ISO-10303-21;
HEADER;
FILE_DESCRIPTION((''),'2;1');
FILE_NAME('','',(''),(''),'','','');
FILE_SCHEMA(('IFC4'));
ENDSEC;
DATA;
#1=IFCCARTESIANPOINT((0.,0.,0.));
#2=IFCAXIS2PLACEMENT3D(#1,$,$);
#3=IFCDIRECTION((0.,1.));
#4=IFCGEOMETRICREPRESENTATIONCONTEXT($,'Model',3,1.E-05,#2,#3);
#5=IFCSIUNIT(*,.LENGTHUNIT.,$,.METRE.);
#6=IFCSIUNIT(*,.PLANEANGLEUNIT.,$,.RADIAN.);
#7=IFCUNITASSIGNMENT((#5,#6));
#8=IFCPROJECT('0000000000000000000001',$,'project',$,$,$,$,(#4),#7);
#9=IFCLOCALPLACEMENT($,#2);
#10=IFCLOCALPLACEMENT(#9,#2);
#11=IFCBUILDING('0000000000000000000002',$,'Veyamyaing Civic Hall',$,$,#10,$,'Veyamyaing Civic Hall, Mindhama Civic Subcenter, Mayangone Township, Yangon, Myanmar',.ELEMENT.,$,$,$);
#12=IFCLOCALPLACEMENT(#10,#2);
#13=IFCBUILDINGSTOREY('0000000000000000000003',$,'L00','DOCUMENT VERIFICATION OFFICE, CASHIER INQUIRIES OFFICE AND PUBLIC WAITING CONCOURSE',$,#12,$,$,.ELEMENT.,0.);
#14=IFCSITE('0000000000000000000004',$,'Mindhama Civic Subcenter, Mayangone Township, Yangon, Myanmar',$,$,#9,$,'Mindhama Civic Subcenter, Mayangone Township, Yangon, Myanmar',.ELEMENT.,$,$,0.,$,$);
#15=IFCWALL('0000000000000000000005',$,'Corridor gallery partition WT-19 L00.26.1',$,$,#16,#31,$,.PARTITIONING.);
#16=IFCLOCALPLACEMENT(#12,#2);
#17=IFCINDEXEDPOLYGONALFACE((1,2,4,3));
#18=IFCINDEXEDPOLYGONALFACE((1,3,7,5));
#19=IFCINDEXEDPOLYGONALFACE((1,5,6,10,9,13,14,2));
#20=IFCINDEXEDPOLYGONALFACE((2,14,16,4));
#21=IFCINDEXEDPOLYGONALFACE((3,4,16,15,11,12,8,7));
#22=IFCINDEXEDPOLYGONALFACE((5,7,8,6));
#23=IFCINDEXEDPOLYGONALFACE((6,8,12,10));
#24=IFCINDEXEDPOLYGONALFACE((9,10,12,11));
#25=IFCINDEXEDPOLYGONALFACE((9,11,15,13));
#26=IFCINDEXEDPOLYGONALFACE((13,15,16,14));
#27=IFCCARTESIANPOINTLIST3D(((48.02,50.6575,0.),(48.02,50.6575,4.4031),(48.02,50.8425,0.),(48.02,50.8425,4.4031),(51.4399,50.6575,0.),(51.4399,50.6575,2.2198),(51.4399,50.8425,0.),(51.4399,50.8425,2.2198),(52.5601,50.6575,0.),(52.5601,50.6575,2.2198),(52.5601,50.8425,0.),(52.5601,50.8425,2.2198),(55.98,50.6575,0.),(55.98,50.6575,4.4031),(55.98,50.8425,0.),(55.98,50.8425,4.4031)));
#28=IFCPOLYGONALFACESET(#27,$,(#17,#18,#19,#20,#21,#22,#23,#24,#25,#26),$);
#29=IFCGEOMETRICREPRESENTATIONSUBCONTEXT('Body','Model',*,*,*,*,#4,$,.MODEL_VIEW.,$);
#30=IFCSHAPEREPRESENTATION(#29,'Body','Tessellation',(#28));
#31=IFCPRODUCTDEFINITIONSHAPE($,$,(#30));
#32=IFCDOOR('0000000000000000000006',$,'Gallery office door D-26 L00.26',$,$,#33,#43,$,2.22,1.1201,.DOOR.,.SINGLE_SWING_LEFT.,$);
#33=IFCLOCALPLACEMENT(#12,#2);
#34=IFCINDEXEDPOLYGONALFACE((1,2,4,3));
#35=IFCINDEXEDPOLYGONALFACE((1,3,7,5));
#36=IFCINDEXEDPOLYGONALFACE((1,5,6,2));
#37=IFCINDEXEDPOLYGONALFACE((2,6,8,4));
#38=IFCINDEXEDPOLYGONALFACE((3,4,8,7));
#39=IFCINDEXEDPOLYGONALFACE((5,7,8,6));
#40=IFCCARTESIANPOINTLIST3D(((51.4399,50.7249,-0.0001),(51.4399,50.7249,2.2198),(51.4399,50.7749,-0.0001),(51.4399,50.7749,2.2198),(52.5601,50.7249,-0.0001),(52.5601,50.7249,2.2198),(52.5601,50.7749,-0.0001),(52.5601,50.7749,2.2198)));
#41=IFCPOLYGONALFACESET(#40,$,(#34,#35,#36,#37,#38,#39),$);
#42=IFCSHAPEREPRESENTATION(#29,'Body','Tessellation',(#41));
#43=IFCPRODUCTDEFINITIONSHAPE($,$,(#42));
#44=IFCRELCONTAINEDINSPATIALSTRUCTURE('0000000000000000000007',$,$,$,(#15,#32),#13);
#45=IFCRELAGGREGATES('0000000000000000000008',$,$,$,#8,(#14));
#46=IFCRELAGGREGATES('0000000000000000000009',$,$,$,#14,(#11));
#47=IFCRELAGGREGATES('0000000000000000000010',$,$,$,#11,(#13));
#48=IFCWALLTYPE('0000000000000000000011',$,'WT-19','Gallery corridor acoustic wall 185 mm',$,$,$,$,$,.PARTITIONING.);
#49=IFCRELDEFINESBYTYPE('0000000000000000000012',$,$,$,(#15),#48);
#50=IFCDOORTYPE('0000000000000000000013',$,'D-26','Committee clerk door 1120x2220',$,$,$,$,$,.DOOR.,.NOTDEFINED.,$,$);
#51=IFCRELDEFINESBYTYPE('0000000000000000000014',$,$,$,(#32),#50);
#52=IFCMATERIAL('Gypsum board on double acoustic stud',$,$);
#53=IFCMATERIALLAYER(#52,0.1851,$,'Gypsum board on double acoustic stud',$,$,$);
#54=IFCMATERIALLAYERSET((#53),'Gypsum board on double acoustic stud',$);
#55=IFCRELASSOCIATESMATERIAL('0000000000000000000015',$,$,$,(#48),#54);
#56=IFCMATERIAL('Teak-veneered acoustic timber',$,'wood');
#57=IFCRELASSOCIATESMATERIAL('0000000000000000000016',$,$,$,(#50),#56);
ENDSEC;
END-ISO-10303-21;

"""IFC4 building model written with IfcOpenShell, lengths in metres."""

from ifc_helpers import new_model, si_unit, direction, frame, frame_2d, origin, place, context, subcontext, project, spatial, rectangle, extrude, material, layer, layer_set, type_object, element, fill, save


model = new_model("IFC4")

# Units and contexts
model_context = context("Model", 3, precision=1e-05, world=origin(), true_north=direction((0.0, 1.0)))
body_context = subcontext(model_context, "Body", "Model", "MODEL_VIEW")
ifc_project = project(units=[si_unit("LENGTHUNIT", "METRE"), si_unit("PLANEANGLEUNIT", "RADIAN")], contexts=[model_context])

# Site, building, storey
site_placement = place(None, origin())
site = spatial("IfcSite", under=ifc_project, at=site_placement, Name="Mindhama Civic Subcenter, Mayangone Township, Yangon, Myanmar", LongName="Mindhama Civic Subcenter, Mayangone Township, Yangon, Myanmar", CompositionType="ELEMENT", RefElevation=0.0)
building_placement = place(site_placement, origin())
building = spatial("IfcBuilding", under=site, at=building_placement, Name="Veyamyaing Civic Hall", LongName="Veyamyaing Civic Hall, Mindhama Civic Subcenter, Mayangone Township, Yangon, Myanmar", CompositionType="ELEMENT")
storey_placement = place(building_placement, origin())
storey = spatial("IfcBuildingStorey", under=building, at=storey_placement, Name="L00", Description="DOCUMENT VERIFICATION OFFICE, CASHIER INQUIRIES OFFICE AND PUBLIC WAITING CONCOURSE", CompositionType="ELEMENT", Elevation=0.0)

# Wall, opening, door
ifc_material_1 = material(Name="Gypsum board on double acoustic stud")
ifc_layer_1 = layer(ifc_material_1, 0.1851, Name="Gypsum board on double acoustic stud")
ifc_layer_set_1 = layer_set([ifc_layer_1], Name="Gypsum board on double acoustic stud")
wall_type_1 = type_object("IfcWallType", Name="WT-19", Description="Gallery corridor acoustic wall 185 mm", PredefinedType="PARTITIONING", material=ifc_layer_set_1)
wall_1_placement = place(storey_placement, frame((48.02, 50.75, 0.0), z_axis=(0.0, 0.0, 1.0), x_axis=(1.0, 0.0, 0.0)))
wall_1 = element("IfcWall", 1, at=wall_1_placement, inside=storey, type_object=wall_type_1, Name="Corridor gallery partition WT-19 L00.26.1", PredefinedType="PARTITIONING", context=body_context, shape_type="SweptSolid", body=[
    extrude(rectangle(XDim=7.96, YDim=0.1851, at=frame_2d((3.98, 0.0))), origin(), (0.0, 0.0, 1.0), 4.4031),
])
opening_placement = place(wall_1_placement, frame((3.4199, 0.0, 0.0)))
opening = element("IfcOpeningElement", 2, at=opening_placement, cuts=wall_1, PredefinedType="OPENING", context=body_context, shape_type="SweptSolid", body=[
    extrude(rectangle(XDim=1.1201, YDim=2.22, at=frame_2d((0.5601, 1.1099))), frame((0.0, 0.1025, 0.0), z_axis=(0.0, -1.0, 0.0), x_axis=(1.0, 0.0, 0.0)), (0.0, 0.0, 1.0), 0.2051),
])
ifc_material_2 = material(Name="Teak-veneered acoustic timber", Category="wood")
door_type = type_object("IfcDoorType", Name="D-26", Description="Committee clerk door 1120x2220", OperationType="NOTDEFINED", PredefinedType="DOOR", material=ifc_material_2)
door_placement = place(opening_placement, origin())
door = element("IfcDoor", 3, at=door_placement, inside=storey, type_object=door_type, Name="Gallery office door D-26 L00.26", OperationType="SINGLE_SWING_LEFT", OverallHeight=2.22, OverallWidth=1.1201, PredefinedType="DOOR", context=body_context, shape_type="SweptSolid", body=[
    extrude(rectangle(XDim=1.1201, YDim=2.22, at=frame_2d((0.5601, 1.1099))), frame((0.0, 0.0249, 0.0), z_axis=(0.0, -1.0, 0.0), x_axis=(1.0, 0.0, 0.0)), (0.0, 0.0, 1.0), 0.05),
])
fill(opening, door)

save(model, "model.ifc")
